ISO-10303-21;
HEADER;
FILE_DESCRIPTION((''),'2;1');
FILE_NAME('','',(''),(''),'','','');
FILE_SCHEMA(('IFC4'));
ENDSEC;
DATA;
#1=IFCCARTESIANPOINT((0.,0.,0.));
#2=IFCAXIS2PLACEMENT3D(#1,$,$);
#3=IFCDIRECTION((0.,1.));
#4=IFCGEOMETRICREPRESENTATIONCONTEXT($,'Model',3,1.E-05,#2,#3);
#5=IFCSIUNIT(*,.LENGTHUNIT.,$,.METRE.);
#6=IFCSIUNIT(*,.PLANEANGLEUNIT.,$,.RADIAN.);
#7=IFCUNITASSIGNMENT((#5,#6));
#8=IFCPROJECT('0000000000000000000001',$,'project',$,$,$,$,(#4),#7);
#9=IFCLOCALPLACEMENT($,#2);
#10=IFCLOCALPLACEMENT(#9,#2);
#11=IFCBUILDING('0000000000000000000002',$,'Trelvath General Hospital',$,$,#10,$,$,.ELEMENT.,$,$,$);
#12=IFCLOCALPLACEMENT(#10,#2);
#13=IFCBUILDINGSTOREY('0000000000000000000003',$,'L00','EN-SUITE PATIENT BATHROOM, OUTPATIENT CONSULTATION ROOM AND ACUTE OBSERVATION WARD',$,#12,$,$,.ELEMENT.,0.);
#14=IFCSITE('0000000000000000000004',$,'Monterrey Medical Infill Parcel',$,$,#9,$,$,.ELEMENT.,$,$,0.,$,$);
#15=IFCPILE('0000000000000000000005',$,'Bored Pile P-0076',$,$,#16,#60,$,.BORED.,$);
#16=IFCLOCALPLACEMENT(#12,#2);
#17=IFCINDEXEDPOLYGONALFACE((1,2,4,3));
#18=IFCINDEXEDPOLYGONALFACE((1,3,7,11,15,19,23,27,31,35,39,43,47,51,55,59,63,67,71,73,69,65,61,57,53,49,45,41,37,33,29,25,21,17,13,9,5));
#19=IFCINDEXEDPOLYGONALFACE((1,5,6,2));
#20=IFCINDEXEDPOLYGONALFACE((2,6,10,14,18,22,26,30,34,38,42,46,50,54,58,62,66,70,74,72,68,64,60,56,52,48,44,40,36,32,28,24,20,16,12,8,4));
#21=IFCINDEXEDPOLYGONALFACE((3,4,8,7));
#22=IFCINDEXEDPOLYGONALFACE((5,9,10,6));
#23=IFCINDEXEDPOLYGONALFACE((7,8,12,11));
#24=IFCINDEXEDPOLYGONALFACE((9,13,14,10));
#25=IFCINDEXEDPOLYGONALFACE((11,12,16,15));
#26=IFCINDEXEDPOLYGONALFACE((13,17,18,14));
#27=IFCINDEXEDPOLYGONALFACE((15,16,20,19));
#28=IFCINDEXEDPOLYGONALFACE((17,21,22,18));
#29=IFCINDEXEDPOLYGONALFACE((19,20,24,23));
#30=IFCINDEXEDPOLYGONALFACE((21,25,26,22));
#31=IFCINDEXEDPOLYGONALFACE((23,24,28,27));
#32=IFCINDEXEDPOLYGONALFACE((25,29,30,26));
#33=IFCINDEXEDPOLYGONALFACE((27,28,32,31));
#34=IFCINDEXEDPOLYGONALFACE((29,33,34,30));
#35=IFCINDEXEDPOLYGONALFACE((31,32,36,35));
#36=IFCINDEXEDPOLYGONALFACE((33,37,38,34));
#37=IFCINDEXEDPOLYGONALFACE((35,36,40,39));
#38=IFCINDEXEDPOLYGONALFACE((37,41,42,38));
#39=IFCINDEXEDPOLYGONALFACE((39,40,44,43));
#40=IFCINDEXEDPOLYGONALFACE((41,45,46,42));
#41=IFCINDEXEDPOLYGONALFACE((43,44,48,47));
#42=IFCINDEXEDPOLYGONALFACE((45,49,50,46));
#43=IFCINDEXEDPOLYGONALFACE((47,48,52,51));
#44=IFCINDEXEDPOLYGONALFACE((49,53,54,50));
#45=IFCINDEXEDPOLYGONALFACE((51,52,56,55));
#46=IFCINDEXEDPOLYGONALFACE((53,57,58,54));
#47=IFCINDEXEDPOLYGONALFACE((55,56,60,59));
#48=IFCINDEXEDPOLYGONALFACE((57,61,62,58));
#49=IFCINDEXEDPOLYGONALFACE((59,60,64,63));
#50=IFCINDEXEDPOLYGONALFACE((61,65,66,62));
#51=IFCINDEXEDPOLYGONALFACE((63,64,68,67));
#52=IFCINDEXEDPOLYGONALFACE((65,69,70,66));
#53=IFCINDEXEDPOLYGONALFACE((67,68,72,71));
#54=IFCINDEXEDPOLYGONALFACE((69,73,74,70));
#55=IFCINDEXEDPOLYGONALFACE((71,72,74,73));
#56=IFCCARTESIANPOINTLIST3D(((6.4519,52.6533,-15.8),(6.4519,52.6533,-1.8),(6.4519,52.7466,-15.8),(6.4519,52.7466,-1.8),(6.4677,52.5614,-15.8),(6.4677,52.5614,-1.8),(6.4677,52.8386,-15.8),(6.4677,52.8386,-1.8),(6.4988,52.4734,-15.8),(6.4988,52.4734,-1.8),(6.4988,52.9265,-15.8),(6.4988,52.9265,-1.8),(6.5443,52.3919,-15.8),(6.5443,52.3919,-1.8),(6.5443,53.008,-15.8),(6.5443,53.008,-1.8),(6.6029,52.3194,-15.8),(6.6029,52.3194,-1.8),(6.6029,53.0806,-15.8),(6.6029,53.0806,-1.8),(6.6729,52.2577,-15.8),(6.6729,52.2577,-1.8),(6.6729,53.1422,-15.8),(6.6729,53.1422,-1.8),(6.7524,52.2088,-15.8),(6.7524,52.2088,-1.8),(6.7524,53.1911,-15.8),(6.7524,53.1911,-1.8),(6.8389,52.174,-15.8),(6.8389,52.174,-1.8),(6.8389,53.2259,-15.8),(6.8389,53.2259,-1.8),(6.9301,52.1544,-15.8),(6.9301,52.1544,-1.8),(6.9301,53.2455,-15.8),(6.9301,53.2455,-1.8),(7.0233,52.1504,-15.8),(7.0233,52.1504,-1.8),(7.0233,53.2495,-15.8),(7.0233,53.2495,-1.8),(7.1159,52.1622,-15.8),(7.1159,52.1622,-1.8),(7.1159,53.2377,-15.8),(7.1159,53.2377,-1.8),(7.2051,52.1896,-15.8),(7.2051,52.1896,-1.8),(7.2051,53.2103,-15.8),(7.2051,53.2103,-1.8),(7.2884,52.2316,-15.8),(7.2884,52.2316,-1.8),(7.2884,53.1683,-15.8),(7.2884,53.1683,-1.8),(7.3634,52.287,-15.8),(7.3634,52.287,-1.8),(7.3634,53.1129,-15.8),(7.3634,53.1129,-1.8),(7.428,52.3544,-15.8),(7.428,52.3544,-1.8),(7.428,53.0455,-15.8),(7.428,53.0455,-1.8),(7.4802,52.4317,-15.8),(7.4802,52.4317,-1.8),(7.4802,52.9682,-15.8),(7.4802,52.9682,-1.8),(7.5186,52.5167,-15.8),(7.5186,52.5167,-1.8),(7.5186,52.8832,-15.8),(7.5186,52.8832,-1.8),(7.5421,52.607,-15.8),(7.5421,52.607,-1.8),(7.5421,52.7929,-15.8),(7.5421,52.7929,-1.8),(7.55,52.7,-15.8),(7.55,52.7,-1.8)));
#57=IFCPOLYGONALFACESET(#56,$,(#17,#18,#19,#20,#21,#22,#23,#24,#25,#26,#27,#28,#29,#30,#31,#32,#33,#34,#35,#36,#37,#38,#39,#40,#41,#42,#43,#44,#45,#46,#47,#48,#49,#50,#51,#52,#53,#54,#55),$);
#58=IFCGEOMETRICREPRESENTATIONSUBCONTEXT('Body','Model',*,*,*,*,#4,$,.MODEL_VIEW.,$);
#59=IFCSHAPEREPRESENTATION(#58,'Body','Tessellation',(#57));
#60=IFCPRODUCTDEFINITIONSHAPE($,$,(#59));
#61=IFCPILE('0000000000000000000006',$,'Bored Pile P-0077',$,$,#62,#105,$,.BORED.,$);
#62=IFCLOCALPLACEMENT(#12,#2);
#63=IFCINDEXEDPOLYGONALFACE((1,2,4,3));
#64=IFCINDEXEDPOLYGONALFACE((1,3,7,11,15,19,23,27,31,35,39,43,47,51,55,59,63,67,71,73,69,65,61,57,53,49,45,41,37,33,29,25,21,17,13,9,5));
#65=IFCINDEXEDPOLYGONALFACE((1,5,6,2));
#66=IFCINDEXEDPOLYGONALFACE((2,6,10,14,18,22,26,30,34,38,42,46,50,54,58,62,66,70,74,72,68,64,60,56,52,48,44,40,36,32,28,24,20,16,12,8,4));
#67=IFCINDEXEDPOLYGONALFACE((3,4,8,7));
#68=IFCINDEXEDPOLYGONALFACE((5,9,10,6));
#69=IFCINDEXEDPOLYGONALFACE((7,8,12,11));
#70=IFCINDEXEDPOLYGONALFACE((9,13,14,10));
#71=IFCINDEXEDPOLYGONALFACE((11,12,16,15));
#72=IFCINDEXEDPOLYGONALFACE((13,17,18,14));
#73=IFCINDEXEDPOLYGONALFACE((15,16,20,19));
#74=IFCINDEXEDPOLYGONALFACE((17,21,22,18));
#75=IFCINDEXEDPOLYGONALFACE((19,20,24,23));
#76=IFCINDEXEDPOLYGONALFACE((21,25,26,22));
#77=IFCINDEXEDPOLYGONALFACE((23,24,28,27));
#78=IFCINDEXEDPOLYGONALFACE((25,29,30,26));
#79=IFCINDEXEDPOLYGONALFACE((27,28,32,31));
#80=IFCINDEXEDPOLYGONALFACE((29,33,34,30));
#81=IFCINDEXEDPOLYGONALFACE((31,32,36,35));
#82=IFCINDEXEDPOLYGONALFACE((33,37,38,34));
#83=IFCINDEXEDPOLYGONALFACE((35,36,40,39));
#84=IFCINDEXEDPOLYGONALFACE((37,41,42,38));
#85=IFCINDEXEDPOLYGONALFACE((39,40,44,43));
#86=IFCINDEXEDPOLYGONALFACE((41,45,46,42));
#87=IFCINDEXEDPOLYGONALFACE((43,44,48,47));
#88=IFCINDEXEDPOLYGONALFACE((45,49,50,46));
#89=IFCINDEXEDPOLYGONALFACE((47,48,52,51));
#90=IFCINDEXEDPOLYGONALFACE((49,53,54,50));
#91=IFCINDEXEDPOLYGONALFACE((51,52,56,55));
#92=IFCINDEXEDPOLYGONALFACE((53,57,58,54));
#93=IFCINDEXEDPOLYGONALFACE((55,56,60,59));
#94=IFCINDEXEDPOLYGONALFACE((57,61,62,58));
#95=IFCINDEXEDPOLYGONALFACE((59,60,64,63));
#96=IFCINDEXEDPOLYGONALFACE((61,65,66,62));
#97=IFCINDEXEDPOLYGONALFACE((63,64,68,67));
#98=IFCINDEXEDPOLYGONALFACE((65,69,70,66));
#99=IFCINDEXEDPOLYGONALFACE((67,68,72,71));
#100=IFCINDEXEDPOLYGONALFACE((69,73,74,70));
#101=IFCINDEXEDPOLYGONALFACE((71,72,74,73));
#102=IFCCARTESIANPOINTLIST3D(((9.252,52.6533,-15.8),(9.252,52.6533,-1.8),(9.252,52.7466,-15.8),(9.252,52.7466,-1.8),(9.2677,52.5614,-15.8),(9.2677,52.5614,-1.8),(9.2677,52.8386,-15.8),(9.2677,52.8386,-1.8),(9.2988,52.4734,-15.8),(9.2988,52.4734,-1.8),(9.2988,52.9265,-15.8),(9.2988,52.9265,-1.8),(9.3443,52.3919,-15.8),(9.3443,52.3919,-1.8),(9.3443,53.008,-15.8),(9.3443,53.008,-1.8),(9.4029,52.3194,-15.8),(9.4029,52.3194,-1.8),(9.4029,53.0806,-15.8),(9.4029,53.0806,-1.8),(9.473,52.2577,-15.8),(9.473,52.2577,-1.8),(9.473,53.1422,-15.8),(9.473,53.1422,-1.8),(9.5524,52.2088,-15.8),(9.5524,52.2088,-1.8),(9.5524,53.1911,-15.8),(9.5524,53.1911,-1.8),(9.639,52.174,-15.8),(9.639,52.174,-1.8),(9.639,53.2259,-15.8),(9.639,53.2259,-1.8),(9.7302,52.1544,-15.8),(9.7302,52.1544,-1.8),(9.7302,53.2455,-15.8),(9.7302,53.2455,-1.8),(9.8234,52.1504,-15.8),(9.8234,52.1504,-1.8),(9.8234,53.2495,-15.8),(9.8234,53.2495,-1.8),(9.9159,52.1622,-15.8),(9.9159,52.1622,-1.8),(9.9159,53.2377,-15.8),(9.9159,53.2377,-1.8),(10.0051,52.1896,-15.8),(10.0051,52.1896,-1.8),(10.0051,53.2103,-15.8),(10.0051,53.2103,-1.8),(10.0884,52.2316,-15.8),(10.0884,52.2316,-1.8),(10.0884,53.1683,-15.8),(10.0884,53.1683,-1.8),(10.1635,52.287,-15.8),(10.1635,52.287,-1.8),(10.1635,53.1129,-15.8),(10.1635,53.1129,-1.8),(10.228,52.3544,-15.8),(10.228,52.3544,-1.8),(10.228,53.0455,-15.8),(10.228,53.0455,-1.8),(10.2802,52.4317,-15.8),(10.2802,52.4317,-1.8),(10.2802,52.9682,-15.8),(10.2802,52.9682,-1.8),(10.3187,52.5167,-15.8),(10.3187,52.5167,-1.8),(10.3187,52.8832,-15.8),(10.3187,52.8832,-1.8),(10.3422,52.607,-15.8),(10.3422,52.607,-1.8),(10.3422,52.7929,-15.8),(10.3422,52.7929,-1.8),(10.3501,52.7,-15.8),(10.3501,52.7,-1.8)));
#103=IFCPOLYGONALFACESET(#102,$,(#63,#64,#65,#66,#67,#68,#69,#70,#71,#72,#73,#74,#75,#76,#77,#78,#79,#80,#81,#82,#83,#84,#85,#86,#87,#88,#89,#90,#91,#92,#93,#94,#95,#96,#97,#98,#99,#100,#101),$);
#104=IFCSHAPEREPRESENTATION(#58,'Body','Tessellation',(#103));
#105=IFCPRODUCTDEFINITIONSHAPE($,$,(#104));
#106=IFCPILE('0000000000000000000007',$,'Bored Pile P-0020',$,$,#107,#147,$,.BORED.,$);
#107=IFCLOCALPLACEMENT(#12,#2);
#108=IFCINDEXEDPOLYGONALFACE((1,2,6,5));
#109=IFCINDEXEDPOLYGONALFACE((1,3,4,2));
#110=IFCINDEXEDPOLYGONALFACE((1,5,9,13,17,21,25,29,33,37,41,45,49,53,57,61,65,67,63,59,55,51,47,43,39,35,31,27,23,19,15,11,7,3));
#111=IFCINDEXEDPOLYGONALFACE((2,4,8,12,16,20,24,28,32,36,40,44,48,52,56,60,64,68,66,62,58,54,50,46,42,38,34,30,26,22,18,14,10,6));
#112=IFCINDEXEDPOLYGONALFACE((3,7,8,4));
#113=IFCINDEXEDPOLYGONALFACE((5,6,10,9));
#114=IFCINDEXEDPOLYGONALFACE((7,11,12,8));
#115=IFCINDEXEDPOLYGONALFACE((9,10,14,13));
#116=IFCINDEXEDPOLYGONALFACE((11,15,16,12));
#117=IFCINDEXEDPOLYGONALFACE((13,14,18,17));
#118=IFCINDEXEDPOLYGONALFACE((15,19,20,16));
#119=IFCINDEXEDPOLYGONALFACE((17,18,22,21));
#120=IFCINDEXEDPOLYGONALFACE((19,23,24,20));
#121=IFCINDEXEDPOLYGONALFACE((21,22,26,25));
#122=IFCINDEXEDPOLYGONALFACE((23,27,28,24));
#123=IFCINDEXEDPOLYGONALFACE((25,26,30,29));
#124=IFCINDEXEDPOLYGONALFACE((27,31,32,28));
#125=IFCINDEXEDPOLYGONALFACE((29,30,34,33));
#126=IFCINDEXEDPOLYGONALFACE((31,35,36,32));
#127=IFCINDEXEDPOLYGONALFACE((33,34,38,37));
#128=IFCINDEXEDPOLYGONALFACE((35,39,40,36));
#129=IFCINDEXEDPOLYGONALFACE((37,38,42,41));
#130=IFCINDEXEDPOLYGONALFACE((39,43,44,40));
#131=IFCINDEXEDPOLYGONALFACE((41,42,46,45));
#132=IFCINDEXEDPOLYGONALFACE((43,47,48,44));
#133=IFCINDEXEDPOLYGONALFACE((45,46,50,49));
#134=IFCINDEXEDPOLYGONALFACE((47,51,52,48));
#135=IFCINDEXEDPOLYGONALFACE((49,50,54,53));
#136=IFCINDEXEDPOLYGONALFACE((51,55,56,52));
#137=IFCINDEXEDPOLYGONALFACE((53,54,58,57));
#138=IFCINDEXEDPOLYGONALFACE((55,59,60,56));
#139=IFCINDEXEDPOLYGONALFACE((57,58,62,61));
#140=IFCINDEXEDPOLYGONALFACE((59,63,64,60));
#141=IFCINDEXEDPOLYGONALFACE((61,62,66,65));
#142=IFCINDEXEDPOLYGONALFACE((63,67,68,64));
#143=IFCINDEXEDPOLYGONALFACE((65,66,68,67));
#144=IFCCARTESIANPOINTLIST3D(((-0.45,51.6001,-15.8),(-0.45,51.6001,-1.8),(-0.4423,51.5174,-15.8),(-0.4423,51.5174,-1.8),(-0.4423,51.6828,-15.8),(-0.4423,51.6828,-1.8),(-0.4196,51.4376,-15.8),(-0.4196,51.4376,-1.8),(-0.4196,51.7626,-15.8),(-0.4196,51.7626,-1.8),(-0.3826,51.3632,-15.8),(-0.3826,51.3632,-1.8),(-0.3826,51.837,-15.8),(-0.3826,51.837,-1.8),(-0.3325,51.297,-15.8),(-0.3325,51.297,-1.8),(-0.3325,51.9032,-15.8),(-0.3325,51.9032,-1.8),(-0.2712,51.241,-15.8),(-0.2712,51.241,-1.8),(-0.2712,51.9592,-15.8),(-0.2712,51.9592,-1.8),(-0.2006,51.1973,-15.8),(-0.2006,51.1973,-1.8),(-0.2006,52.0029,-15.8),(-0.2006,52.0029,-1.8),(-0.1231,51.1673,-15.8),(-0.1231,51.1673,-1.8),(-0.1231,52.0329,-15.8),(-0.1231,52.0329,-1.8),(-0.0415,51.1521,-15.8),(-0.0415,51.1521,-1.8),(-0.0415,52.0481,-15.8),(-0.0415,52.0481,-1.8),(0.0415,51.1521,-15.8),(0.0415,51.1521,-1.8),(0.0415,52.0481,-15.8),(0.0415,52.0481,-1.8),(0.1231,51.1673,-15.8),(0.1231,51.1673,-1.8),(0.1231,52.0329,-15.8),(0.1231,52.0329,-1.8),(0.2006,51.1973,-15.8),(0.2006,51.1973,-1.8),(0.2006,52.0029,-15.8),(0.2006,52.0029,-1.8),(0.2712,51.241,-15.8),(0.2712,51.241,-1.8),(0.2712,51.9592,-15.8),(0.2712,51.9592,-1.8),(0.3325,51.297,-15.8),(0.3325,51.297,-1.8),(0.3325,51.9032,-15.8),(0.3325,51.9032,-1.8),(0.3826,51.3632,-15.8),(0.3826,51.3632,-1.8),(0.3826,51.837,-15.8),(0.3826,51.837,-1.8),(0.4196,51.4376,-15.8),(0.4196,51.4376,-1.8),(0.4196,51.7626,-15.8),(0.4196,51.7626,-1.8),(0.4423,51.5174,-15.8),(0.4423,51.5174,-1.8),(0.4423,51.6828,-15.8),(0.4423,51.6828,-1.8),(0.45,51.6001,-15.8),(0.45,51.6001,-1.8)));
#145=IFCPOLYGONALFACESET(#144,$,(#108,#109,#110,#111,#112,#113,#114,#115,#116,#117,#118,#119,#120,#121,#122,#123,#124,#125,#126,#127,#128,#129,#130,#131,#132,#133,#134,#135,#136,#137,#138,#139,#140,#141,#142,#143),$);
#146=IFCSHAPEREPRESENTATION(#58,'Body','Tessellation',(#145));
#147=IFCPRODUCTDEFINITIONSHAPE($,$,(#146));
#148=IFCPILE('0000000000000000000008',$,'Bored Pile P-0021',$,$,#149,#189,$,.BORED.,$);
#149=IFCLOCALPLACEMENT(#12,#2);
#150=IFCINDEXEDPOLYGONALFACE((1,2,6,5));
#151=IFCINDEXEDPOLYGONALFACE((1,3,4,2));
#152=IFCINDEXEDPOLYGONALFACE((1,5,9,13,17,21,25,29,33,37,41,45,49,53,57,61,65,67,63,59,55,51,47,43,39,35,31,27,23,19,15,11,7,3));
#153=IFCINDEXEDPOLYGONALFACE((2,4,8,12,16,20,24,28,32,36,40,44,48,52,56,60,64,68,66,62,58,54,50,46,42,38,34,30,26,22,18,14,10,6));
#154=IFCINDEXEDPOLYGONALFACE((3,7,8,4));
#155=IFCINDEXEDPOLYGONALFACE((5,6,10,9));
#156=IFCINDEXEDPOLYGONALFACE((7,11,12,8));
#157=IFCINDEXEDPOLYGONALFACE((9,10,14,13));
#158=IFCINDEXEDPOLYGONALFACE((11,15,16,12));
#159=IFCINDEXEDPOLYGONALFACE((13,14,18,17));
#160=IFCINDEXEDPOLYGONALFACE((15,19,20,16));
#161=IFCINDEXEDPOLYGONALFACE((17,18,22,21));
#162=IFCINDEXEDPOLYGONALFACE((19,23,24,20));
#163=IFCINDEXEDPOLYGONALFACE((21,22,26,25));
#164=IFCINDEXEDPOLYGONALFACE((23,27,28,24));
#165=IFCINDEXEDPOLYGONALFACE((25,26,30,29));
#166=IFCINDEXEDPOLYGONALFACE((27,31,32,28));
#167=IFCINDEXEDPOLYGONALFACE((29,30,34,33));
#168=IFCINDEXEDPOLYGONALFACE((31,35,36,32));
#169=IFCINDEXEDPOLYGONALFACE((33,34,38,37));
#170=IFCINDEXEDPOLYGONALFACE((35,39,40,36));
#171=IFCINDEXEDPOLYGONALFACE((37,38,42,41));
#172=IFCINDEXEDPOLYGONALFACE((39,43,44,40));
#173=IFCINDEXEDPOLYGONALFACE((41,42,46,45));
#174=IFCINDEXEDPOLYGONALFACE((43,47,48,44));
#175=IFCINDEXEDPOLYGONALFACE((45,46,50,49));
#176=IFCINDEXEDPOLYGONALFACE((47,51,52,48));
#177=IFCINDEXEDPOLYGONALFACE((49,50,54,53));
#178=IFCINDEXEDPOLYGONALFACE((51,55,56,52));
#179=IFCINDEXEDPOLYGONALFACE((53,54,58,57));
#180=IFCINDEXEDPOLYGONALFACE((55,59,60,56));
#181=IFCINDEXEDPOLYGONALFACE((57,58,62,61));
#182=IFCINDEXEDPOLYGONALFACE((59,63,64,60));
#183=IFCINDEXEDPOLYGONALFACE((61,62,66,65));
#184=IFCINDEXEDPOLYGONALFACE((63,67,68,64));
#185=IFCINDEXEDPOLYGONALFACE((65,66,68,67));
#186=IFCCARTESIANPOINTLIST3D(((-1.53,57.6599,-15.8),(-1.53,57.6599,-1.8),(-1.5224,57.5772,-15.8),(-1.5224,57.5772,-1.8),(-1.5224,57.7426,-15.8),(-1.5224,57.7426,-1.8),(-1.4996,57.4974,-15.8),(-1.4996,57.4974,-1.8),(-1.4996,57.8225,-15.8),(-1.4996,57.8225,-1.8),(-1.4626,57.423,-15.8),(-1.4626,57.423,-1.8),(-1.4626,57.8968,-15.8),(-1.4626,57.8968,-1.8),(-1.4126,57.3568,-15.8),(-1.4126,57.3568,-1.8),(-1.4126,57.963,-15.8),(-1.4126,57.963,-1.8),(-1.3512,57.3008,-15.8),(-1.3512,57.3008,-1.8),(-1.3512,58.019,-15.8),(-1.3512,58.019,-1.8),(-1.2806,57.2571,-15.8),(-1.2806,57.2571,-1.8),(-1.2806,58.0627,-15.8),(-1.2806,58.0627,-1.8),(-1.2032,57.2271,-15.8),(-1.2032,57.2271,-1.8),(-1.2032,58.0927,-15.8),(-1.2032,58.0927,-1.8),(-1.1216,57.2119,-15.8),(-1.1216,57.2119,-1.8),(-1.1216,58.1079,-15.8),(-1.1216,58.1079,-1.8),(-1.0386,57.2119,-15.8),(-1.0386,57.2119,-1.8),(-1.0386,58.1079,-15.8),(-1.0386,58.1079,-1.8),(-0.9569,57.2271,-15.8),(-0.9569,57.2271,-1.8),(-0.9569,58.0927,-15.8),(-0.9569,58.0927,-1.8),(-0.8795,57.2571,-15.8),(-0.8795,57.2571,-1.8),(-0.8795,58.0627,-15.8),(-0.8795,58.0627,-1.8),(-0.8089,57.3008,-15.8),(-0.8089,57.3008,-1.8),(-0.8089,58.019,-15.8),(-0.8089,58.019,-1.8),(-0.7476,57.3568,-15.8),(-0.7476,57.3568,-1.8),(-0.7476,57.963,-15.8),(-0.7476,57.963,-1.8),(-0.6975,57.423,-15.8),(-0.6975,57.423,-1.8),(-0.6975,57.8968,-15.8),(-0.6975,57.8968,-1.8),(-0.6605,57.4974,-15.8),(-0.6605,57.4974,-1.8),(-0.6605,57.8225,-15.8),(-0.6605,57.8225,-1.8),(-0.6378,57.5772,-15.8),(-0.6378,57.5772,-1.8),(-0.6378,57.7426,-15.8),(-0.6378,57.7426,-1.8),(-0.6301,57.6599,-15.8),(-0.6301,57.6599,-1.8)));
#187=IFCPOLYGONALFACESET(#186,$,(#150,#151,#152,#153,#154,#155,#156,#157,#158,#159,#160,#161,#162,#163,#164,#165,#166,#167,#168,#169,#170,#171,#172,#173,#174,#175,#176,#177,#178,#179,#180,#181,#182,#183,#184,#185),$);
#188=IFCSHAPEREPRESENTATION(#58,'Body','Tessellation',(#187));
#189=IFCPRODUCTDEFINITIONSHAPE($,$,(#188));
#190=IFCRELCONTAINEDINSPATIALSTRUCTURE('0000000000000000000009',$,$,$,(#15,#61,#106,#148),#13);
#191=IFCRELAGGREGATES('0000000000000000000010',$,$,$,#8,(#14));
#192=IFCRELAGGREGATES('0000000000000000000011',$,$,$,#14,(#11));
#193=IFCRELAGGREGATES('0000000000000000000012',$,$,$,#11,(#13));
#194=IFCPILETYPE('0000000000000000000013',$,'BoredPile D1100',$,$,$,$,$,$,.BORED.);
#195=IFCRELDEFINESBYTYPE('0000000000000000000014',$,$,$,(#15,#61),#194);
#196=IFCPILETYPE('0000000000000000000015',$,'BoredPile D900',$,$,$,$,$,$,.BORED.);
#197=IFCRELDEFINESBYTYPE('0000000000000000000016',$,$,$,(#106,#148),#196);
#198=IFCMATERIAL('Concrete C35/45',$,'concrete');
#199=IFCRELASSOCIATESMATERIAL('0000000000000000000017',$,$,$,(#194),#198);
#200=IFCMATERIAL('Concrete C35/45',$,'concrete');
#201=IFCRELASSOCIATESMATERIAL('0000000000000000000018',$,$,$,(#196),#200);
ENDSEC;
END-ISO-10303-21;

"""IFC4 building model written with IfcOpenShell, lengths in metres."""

from ifc_helpers import new_model, si_unit, direction, frame, origin, origin_2d, place, context, subcontext, project, spatial, circle, extrude, material, material_profile, profile_set, type_object, element, save


model = new_model("IFC4")

# Units and contexts
model_context = context("Model", 3, precision=1e-05, world=origin(), true_north=direction((0.0, 1.0)))
body_context = subcontext(model_context, "Body", "Model", "MODEL_VIEW")
ifc_project = project(units=[si_unit("LENGTHUNIT", "METRE"), si_unit("PLANEANGLEUNIT", "RADIAN")], contexts=[model_context])

# Site, building, storey
site_placement = place(None, origin())
site = spatial("IfcSite", under=ifc_project, at=site_placement, Name="Monterrey Medical Infill Parcel", CompositionType="ELEMENT", RefElevation=0.0)
building_placement = place(site_placement, origin())
building = spatial("IfcBuilding", under=site, at=building_placement, Name="Trelvath General Hospital", CompositionType="ELEMENT")
storey_placement = place(building_placement, origin())
storey = spatial("IfcBuildingStorey", under=building, at=storey_placement, Name="L00", Description="EN-SUITE PATIENT BATHROOM, OUTPATIENT CONSULTATION ROOM AND ACUTE OBSERVATION WARD", CompositionType="ELEMENT", Elevation=0.0)

# Piles
ifc_material_1 = material(Name="Concrete C35/45", Category="concrete")
ifc_material_profile_1 = material_profile(ifc_material_1, circle(Radius=0.55, at=origin_2d()), Name="PILE1100")
ifc_profile_set_1 = profile_set([ifc_material_profile_1], Name="Concrete C35/45")
pile_type_1 = type_object("IfcPileType", Name="BoredPile D1100", PredefinedType="BORED", material=ifc_profile_set_1)
for number, where, z_axis, x_axis, name in (
    (1, (7.0, 52.7, -1.8), (0.0, 0.0, -1.0), (1.0, 0.0, 0.0), "Bored Pile P-0076"),
    (2, (9.8, 52.7, -1.8), (0.0, 0.0, -1.0), (1.0, 0.0, 0.0), "Bored Pile P-0077"),
):
    element("IfcPile", number, at=place(storey_placement, frame(where, z_axis=z_axis, x_axis=x_axis)), inside=storey, type_object=pile_type_1, Name=name, PredefinedType="BORED", context=body_context, shape_type="SweptSolid", body=[
        extrude(circle(Radius=0.55, at=origin_2d()), origin(), (0.0, 0.0, 1.0), 14.0),
    ])
ifc_material_2 = material(Name="Concrete C35/45", Category="concrete")
ifc_material_profile_2 = material_profile(ifc_material_2, circle(Radius=0.45, at=origin_2d()), Name="PILE900")
ifc_profile_set_2 = profile_set([ifc_material_profile_2], Name="Concrete C35/45")
pile_type_2 = type_object("IfcPileType", Name="BoredPile D900", PredefinedType="BORED", material=ifc_profile_set_2)
for number, where, z_axis, x_axis, name in (
    (3, (0.0, 51.6001, -1.8), (0.0, 0.0, -1.0), (1.0, 0.0, 0.0), "Bored Pile P-0020"),
    (4, (-1.0801, 57.6599, -1.8), (0.0, 0.0, -1.0), (1.0, 0.0, 0.0), "Bored Pile P-0021"),
):
    element("IfcPile", number, at=place(storey_placement, frame(where, z_axis=z_axis, x_axis=x_axis)), inside=storey, type_object=pile_type_2, Name=name, PredefinedType="BORED", context=body_context, shape_type="SweptSolid", body=[
        extrude(circle(Radius=0.45, at=origin_2d()), origin(), (0.0, 0.0, 1.0), 14.0),
    ])

save(model, "model.ifc")
